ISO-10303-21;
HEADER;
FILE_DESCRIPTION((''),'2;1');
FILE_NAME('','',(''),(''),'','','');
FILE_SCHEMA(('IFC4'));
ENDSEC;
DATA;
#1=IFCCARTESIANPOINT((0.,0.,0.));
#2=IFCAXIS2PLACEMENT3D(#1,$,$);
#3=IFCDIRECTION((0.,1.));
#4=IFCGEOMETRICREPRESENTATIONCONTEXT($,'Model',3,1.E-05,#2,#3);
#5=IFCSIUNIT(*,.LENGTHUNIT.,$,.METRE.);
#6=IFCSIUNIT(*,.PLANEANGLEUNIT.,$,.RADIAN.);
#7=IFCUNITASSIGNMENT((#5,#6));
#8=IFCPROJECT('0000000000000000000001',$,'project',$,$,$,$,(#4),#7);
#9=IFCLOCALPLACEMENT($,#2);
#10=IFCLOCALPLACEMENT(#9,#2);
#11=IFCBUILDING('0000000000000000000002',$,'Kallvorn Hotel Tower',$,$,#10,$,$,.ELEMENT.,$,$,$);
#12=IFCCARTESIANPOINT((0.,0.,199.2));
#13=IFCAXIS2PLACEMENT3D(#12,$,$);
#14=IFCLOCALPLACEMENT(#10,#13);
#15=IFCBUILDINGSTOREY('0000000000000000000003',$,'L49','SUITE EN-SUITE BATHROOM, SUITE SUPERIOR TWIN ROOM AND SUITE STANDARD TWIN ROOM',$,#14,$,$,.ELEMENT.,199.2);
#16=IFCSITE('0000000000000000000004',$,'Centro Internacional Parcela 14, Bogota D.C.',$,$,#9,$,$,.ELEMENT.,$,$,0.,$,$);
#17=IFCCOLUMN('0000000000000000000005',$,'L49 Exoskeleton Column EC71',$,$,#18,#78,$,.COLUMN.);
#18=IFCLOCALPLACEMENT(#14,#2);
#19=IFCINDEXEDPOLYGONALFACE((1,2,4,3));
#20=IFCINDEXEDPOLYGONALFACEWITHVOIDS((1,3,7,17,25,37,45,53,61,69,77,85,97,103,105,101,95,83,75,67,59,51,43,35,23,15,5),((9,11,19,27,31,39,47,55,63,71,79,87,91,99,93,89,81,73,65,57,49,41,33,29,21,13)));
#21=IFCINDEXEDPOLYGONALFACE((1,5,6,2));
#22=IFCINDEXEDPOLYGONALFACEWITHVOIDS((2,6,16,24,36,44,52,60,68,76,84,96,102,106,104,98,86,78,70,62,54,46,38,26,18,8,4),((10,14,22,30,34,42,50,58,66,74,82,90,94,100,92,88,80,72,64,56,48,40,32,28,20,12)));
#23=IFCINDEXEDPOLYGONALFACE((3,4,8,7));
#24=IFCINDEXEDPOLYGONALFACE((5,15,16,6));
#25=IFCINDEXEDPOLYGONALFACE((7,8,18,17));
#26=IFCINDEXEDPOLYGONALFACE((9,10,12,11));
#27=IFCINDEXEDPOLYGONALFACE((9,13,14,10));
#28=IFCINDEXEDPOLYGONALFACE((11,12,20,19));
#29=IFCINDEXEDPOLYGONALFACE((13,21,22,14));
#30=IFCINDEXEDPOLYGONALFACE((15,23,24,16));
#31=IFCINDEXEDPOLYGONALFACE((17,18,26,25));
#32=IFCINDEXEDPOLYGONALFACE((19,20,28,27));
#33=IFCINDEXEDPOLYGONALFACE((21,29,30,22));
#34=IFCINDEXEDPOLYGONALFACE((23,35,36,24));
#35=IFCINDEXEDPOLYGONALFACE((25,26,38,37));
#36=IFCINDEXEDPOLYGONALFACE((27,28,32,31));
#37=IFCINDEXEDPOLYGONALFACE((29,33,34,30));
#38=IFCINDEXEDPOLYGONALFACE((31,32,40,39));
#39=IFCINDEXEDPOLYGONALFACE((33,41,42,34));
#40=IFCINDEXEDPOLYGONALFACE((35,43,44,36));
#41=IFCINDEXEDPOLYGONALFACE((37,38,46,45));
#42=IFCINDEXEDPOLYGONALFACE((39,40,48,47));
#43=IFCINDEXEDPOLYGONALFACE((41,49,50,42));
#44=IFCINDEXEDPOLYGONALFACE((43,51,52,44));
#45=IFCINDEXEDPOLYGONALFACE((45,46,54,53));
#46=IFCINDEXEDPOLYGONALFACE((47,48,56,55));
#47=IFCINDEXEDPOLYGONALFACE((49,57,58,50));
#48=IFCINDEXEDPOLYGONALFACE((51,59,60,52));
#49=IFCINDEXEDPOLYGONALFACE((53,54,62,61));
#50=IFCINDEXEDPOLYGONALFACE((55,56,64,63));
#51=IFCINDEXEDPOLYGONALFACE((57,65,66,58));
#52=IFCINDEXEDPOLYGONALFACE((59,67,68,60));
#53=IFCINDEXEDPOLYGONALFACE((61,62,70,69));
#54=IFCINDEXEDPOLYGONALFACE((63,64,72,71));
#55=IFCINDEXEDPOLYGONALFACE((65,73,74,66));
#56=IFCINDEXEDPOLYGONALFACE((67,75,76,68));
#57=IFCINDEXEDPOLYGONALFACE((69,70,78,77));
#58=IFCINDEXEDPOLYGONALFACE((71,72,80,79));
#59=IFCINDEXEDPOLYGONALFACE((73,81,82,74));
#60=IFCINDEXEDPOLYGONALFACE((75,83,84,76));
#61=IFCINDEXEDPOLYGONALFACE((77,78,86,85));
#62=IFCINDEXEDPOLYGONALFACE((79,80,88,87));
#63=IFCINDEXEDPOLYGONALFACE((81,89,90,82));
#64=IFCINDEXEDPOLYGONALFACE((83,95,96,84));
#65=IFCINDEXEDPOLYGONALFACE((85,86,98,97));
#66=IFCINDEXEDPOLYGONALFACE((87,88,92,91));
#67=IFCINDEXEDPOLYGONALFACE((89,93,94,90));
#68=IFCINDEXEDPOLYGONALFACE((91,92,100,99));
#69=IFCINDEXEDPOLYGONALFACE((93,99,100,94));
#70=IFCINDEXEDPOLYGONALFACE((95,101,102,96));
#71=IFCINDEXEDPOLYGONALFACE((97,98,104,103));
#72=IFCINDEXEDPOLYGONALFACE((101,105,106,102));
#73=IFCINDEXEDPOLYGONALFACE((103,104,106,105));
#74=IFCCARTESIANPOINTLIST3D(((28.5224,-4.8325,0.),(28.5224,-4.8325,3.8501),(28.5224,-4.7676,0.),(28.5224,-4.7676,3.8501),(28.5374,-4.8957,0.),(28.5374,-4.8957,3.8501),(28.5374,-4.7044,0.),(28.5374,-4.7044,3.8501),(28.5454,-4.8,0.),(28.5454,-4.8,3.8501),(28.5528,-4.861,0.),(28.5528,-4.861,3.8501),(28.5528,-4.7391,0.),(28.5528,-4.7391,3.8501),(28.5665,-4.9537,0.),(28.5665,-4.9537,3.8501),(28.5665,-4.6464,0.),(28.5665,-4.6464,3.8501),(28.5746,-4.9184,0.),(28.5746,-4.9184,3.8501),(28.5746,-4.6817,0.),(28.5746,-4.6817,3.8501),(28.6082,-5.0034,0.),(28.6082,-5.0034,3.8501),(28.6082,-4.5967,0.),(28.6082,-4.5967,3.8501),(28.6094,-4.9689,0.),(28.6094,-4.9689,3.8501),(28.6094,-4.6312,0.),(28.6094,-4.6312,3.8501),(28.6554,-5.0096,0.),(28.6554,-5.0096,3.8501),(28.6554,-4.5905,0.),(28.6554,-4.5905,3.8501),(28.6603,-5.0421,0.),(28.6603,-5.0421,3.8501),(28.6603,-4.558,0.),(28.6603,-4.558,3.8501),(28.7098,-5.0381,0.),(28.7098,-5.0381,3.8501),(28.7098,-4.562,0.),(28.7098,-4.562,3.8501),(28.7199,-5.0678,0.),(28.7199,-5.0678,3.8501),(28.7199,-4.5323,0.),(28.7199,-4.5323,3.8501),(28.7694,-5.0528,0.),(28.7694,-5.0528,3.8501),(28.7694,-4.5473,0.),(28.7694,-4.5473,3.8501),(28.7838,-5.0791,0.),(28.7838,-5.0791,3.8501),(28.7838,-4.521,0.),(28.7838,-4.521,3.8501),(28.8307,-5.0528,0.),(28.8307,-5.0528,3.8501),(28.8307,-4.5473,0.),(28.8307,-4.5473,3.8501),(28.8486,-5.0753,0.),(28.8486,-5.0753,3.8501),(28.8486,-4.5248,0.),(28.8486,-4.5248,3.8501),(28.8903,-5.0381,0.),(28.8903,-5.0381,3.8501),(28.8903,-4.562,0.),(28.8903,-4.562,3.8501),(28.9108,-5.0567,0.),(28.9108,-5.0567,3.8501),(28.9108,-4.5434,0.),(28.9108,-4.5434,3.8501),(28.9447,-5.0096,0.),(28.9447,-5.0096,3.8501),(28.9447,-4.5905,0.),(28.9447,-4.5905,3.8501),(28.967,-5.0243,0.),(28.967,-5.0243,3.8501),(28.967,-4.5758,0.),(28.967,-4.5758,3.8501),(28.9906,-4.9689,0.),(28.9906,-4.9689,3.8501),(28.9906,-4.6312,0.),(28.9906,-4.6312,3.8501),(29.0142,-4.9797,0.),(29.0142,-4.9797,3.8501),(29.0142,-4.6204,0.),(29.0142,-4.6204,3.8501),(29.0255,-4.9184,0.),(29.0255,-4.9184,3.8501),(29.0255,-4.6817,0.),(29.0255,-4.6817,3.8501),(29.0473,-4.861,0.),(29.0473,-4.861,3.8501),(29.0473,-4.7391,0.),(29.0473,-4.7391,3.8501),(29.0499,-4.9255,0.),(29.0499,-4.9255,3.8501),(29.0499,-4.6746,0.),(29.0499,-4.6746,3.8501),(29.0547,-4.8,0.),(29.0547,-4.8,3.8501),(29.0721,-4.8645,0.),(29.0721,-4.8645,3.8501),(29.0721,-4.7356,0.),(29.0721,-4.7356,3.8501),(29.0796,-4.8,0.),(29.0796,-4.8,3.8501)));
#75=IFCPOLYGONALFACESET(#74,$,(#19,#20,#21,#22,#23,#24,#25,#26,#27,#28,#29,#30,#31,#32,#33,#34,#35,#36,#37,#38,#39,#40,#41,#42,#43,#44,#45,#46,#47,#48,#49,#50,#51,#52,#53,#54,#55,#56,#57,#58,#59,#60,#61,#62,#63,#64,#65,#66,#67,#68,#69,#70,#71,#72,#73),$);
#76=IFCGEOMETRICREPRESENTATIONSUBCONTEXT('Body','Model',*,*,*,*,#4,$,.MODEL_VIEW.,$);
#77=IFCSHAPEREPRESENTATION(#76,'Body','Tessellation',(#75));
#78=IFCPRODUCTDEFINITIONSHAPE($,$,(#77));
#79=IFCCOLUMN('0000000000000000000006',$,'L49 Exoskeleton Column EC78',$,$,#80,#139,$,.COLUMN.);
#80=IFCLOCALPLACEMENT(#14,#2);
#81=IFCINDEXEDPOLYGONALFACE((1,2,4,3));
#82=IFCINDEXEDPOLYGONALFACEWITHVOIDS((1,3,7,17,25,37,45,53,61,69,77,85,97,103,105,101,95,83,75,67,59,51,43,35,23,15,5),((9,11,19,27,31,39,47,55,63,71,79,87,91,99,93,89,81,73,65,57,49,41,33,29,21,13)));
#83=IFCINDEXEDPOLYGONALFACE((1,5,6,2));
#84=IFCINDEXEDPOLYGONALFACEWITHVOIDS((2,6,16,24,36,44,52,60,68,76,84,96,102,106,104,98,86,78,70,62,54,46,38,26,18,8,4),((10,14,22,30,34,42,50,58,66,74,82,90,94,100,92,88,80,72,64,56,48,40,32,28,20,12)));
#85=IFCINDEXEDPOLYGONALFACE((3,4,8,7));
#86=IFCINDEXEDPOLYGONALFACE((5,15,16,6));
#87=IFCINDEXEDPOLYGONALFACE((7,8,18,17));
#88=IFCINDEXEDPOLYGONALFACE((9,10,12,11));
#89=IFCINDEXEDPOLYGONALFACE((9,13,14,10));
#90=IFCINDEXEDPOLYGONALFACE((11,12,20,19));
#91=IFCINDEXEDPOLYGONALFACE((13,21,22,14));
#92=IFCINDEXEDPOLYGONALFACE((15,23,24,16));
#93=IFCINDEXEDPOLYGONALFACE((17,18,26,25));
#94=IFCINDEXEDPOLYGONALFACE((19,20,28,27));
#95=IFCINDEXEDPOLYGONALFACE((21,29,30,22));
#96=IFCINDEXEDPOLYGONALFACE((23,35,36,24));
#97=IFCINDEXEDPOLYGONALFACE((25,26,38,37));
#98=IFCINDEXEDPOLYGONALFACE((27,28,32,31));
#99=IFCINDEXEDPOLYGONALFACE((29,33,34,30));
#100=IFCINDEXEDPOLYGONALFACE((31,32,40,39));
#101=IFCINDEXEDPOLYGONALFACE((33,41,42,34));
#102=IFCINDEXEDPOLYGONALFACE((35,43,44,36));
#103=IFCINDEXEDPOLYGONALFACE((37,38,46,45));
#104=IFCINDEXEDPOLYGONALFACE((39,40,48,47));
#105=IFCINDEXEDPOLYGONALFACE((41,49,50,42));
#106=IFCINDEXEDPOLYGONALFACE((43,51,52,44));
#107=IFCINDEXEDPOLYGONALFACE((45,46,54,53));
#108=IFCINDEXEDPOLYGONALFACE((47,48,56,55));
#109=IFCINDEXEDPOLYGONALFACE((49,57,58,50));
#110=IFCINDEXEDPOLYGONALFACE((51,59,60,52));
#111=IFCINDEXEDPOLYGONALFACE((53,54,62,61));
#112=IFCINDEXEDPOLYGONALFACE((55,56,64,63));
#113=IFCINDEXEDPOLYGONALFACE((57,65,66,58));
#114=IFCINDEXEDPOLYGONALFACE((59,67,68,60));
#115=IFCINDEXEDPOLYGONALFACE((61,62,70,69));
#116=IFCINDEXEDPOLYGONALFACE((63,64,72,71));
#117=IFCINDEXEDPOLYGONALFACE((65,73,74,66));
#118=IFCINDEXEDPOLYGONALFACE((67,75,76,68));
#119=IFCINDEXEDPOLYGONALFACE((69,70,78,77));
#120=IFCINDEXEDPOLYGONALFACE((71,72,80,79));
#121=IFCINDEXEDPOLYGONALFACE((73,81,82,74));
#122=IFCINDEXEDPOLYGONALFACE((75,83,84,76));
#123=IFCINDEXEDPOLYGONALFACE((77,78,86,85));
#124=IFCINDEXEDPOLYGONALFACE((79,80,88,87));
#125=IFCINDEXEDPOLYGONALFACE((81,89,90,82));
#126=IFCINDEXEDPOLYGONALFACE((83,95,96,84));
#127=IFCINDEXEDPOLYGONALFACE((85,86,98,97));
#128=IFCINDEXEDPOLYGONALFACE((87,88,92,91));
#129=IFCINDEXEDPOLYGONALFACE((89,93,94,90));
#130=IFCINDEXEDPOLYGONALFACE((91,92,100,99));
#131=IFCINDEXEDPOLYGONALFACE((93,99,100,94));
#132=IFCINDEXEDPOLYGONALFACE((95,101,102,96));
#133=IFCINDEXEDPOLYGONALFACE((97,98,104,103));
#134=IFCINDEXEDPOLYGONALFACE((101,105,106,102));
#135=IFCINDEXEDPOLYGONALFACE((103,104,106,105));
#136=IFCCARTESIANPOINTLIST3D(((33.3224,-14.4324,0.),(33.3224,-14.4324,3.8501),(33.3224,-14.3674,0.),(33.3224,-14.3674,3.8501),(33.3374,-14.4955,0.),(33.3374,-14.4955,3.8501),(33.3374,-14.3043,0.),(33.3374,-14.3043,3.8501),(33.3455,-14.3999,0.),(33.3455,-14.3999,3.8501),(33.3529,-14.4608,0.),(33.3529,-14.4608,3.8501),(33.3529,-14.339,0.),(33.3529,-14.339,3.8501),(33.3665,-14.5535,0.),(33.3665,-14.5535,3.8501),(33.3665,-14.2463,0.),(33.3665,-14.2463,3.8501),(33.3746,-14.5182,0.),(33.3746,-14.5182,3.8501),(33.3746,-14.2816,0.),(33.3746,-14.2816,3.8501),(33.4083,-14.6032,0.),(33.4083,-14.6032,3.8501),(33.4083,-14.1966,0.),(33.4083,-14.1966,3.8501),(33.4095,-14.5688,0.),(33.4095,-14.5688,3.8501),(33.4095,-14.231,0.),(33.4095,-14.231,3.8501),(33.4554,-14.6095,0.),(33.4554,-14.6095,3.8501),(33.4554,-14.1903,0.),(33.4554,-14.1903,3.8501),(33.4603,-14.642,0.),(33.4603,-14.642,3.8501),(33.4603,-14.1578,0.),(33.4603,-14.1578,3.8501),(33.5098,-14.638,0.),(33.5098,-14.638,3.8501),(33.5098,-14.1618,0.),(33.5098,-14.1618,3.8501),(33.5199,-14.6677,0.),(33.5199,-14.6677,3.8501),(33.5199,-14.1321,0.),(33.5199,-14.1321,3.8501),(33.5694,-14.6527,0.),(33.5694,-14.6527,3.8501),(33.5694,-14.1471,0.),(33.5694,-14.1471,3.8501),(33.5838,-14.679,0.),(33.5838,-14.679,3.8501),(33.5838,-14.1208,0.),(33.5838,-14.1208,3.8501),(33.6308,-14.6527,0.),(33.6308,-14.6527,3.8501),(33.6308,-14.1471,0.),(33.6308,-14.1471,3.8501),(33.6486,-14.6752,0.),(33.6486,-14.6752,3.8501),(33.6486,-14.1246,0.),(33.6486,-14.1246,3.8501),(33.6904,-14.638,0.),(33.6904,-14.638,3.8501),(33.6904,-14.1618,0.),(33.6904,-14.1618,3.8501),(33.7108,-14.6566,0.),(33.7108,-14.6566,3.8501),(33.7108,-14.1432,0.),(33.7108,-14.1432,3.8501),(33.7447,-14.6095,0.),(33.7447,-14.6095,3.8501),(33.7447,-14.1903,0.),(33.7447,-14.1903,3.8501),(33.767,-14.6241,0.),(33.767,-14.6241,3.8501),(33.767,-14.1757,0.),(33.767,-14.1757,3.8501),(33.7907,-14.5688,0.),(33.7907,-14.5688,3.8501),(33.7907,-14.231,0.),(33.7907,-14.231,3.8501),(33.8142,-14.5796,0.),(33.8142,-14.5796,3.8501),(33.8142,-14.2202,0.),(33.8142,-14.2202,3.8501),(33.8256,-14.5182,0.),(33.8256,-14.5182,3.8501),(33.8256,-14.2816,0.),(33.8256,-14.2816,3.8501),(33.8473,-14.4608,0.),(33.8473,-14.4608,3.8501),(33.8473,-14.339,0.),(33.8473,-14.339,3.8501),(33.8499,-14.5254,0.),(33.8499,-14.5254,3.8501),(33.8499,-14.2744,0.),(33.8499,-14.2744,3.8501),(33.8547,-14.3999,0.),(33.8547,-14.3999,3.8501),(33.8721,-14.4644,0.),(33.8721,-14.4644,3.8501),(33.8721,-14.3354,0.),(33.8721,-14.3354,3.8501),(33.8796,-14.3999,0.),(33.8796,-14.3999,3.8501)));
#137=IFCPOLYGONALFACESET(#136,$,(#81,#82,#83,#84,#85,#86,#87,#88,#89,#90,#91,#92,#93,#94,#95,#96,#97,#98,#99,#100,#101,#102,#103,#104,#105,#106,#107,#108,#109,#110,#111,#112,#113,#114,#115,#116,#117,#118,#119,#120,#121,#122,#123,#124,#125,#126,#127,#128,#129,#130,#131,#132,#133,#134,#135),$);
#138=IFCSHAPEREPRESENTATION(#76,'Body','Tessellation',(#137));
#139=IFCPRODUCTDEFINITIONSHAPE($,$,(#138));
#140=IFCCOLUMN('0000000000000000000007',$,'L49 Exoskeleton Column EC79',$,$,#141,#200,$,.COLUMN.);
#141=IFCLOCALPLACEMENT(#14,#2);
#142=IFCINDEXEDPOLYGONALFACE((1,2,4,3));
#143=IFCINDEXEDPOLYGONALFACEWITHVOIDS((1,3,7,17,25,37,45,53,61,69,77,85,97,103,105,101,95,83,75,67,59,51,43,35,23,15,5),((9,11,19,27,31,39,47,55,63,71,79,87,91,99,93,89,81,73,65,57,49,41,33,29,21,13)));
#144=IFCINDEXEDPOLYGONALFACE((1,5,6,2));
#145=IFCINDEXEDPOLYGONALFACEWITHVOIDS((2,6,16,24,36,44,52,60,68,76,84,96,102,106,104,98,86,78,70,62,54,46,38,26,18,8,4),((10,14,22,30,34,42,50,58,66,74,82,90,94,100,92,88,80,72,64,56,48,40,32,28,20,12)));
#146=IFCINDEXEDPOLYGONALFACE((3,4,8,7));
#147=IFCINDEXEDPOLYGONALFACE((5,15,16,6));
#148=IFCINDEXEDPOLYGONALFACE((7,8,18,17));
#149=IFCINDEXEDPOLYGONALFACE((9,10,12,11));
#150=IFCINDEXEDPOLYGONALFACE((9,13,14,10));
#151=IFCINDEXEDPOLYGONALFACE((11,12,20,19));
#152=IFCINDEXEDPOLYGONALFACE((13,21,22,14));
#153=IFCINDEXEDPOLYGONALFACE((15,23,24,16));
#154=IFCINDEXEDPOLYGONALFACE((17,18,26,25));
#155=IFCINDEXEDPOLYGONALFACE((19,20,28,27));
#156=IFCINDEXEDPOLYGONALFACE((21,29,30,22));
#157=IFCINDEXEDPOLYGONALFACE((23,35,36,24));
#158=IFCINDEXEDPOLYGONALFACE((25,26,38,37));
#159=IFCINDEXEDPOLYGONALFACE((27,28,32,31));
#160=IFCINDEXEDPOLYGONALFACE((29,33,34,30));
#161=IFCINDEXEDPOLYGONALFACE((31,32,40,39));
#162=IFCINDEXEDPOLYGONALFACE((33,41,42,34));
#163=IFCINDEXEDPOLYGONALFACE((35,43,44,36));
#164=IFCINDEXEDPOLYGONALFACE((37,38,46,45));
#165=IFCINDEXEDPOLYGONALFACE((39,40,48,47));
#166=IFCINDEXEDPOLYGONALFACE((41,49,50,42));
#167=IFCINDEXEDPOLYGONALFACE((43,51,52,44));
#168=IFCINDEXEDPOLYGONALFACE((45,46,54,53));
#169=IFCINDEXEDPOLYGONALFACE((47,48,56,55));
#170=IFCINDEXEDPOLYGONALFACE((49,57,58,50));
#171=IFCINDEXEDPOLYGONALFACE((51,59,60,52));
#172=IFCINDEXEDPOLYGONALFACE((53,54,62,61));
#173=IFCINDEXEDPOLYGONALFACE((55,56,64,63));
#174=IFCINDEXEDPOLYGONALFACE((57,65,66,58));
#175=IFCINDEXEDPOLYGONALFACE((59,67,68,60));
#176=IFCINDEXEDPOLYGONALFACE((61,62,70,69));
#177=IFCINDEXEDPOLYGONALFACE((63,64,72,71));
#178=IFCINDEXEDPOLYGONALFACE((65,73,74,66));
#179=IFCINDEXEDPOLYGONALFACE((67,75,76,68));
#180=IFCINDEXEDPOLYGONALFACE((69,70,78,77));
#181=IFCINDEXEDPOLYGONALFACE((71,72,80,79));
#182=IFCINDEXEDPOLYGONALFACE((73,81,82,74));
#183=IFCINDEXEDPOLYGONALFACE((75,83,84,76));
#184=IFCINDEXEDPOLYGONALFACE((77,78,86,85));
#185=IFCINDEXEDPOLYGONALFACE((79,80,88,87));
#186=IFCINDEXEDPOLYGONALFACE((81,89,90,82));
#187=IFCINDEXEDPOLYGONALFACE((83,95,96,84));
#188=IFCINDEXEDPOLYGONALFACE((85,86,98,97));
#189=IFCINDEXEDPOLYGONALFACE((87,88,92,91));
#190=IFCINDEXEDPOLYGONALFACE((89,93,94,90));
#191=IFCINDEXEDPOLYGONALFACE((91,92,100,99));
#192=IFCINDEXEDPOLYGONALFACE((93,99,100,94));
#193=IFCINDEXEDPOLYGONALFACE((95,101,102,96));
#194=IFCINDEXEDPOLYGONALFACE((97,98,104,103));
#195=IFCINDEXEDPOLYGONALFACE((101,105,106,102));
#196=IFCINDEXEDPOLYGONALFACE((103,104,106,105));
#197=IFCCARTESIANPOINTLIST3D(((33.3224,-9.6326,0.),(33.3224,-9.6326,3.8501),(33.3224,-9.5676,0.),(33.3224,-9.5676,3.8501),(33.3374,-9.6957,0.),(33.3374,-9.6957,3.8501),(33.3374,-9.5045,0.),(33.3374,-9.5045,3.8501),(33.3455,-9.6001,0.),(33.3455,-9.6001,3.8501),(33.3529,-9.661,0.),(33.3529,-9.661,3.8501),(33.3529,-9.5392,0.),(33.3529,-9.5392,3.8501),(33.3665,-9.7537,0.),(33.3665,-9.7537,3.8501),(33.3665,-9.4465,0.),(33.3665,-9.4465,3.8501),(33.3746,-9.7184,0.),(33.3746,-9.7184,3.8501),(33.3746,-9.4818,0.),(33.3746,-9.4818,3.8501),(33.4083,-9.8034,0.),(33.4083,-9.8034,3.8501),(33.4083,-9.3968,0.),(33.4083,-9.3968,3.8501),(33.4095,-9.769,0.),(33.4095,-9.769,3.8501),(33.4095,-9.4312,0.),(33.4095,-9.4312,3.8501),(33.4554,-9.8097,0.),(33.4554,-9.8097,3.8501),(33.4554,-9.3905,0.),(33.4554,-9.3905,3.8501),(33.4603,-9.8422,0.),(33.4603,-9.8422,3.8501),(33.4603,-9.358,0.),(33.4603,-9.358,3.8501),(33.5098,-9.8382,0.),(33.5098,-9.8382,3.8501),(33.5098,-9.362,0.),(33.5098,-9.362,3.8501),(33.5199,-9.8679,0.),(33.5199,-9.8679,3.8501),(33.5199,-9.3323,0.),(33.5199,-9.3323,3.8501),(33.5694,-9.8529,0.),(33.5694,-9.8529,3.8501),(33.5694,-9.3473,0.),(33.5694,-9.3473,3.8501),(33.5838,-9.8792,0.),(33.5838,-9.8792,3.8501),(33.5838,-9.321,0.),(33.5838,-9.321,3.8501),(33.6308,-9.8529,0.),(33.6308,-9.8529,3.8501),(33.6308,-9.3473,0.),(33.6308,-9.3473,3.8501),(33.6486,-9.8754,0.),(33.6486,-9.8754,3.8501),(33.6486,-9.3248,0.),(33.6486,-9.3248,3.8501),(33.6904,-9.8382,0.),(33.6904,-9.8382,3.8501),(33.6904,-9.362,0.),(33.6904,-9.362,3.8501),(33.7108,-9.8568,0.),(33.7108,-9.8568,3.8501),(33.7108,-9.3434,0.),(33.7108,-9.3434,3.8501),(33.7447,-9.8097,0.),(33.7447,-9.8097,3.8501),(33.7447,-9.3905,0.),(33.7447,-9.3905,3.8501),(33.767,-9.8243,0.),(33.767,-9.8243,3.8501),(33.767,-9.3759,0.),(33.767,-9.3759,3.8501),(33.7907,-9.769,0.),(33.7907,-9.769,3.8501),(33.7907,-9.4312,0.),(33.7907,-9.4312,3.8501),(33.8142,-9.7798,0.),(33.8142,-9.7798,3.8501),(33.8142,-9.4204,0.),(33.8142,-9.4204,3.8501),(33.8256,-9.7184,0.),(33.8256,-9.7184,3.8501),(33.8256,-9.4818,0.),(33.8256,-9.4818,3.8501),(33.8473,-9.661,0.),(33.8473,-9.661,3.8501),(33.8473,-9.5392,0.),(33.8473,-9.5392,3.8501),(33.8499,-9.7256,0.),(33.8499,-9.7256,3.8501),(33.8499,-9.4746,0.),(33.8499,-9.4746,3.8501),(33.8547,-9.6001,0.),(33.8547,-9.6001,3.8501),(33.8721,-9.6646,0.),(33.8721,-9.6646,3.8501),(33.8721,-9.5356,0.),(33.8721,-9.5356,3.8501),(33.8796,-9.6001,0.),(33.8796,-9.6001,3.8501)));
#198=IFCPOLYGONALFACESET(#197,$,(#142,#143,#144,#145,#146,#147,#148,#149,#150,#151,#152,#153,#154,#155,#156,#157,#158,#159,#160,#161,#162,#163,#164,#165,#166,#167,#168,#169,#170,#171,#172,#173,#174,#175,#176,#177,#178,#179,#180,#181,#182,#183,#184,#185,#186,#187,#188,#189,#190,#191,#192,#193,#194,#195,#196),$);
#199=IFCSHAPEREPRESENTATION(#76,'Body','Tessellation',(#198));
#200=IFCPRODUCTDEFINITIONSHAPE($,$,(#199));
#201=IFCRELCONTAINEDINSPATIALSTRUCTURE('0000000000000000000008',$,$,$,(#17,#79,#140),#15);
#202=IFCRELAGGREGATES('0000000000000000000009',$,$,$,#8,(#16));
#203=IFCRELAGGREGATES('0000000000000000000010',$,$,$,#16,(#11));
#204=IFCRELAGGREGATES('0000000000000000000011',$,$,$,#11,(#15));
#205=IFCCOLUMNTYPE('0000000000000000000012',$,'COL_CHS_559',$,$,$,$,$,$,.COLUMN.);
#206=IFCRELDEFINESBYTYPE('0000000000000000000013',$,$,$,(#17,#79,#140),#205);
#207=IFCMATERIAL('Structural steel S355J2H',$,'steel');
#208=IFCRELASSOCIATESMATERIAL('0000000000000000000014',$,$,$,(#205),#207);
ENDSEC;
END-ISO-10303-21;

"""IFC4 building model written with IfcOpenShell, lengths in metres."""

from ifc_helpers import new_model, si_unit, direction, frame, origin, origin_2d, place, context, subcontext, project, spatial, hollow_circle, extrude, material, material_profile, profile_set, type_object, element, save


model = new_model("IFC4")

# Units and contexts
model_context = context("Model", 3, precision=1e-05, world=origin(), true_north=direction((0.0, 1.0)))
body_context = subcontext(model_context, "Body", "Model", "MODEL_VIEW")
ifc_project = project(units=[si_unit("LENGTHUNIT", "METRE"), si_unit("PLANEANGLEUNIT", "RADIAN")], contexts=[model_context])

# Site, building, storey
site_placement = place(None, origin())
site = spatial("IfcSite", under=ifc_project, at=site_placement, Name="Centro Internacional Parcela 14, Bogota D.C.", CompositionType="ELEMENT", RefElevation=0.0)
building_placement = place(site_placement, origin())
building = spatial("IfcBuilding", under=site, at=building_placement, Name="Kallvorn Hotel Tower", CompositionType="ELEMENT")
storey_placement = place(building_placement, frame((0.0, 0.0, 199.2)))
storey = spatial("IfcBuildingStorey", under=building, at=storey_placement, Name="L49", Description="SUITE EN-SUITE BATHROOM, SUITE SUPERIOR TWIN ROOM AND SUITE STANDARD TWIN ROOM", CompositionType="ELEMENT", Elevation=199.2)

# Columns
ifc_material_1 = material(Name="Structural steel S355J2H", Category="steel")
ifc_material_profile_1 = material_profile(ifc_material_1, hollow_circle(Radius=0.2795, WallThickness=0.0249, at=origin_2d()), Name="CHS 559x25")
ifc_profile_set_1 = profile_set([ifc_material_profile_1], Name="Structural steel S355J2H")
column_type_1 = type_object("IfcColumnType", Name="COL_CHS_559", PredefinedType="COLUMN", material=ifc_profile_set_1)
for number, where, z_axis, x_axis, name in (
    (1, (28.8, -4.8, 0.0), (0.0, 0.0, 1.0), (1.0, 0.0, 0.0), "L49 Exoskeleton Column EC71"),
    (2, (33.6001, -14.3999, 0.0), (0.0, 0.0, 1.0), (1.0, 0.0, 0.0), "L49 Exoskeleton Column EC78"),
    (3, (33.6001, -9.6001, 0.0), (0.0, 0.0, 1.0), (1.0, 0.0, 0.0), "L49 Exoskeleton Column EC79"),
):
    element("IfcColumn", number, at=place(storey_placement, frame(where, z_axis=z_axis, x_axis=x_axis)), inside=storey, type_object=column_type_1, Name=name, PredefinedType="COLUMN", context=body_context, shape_type="SweptSolid", body=[
        extrude(hollow_circle(Radius=0.2795, WallThickness=0.0249, at=origin_2d()), origin(), (0.0, 0.0, 1.0), 3.8501),
    ])

save(model, "model.ifc")
